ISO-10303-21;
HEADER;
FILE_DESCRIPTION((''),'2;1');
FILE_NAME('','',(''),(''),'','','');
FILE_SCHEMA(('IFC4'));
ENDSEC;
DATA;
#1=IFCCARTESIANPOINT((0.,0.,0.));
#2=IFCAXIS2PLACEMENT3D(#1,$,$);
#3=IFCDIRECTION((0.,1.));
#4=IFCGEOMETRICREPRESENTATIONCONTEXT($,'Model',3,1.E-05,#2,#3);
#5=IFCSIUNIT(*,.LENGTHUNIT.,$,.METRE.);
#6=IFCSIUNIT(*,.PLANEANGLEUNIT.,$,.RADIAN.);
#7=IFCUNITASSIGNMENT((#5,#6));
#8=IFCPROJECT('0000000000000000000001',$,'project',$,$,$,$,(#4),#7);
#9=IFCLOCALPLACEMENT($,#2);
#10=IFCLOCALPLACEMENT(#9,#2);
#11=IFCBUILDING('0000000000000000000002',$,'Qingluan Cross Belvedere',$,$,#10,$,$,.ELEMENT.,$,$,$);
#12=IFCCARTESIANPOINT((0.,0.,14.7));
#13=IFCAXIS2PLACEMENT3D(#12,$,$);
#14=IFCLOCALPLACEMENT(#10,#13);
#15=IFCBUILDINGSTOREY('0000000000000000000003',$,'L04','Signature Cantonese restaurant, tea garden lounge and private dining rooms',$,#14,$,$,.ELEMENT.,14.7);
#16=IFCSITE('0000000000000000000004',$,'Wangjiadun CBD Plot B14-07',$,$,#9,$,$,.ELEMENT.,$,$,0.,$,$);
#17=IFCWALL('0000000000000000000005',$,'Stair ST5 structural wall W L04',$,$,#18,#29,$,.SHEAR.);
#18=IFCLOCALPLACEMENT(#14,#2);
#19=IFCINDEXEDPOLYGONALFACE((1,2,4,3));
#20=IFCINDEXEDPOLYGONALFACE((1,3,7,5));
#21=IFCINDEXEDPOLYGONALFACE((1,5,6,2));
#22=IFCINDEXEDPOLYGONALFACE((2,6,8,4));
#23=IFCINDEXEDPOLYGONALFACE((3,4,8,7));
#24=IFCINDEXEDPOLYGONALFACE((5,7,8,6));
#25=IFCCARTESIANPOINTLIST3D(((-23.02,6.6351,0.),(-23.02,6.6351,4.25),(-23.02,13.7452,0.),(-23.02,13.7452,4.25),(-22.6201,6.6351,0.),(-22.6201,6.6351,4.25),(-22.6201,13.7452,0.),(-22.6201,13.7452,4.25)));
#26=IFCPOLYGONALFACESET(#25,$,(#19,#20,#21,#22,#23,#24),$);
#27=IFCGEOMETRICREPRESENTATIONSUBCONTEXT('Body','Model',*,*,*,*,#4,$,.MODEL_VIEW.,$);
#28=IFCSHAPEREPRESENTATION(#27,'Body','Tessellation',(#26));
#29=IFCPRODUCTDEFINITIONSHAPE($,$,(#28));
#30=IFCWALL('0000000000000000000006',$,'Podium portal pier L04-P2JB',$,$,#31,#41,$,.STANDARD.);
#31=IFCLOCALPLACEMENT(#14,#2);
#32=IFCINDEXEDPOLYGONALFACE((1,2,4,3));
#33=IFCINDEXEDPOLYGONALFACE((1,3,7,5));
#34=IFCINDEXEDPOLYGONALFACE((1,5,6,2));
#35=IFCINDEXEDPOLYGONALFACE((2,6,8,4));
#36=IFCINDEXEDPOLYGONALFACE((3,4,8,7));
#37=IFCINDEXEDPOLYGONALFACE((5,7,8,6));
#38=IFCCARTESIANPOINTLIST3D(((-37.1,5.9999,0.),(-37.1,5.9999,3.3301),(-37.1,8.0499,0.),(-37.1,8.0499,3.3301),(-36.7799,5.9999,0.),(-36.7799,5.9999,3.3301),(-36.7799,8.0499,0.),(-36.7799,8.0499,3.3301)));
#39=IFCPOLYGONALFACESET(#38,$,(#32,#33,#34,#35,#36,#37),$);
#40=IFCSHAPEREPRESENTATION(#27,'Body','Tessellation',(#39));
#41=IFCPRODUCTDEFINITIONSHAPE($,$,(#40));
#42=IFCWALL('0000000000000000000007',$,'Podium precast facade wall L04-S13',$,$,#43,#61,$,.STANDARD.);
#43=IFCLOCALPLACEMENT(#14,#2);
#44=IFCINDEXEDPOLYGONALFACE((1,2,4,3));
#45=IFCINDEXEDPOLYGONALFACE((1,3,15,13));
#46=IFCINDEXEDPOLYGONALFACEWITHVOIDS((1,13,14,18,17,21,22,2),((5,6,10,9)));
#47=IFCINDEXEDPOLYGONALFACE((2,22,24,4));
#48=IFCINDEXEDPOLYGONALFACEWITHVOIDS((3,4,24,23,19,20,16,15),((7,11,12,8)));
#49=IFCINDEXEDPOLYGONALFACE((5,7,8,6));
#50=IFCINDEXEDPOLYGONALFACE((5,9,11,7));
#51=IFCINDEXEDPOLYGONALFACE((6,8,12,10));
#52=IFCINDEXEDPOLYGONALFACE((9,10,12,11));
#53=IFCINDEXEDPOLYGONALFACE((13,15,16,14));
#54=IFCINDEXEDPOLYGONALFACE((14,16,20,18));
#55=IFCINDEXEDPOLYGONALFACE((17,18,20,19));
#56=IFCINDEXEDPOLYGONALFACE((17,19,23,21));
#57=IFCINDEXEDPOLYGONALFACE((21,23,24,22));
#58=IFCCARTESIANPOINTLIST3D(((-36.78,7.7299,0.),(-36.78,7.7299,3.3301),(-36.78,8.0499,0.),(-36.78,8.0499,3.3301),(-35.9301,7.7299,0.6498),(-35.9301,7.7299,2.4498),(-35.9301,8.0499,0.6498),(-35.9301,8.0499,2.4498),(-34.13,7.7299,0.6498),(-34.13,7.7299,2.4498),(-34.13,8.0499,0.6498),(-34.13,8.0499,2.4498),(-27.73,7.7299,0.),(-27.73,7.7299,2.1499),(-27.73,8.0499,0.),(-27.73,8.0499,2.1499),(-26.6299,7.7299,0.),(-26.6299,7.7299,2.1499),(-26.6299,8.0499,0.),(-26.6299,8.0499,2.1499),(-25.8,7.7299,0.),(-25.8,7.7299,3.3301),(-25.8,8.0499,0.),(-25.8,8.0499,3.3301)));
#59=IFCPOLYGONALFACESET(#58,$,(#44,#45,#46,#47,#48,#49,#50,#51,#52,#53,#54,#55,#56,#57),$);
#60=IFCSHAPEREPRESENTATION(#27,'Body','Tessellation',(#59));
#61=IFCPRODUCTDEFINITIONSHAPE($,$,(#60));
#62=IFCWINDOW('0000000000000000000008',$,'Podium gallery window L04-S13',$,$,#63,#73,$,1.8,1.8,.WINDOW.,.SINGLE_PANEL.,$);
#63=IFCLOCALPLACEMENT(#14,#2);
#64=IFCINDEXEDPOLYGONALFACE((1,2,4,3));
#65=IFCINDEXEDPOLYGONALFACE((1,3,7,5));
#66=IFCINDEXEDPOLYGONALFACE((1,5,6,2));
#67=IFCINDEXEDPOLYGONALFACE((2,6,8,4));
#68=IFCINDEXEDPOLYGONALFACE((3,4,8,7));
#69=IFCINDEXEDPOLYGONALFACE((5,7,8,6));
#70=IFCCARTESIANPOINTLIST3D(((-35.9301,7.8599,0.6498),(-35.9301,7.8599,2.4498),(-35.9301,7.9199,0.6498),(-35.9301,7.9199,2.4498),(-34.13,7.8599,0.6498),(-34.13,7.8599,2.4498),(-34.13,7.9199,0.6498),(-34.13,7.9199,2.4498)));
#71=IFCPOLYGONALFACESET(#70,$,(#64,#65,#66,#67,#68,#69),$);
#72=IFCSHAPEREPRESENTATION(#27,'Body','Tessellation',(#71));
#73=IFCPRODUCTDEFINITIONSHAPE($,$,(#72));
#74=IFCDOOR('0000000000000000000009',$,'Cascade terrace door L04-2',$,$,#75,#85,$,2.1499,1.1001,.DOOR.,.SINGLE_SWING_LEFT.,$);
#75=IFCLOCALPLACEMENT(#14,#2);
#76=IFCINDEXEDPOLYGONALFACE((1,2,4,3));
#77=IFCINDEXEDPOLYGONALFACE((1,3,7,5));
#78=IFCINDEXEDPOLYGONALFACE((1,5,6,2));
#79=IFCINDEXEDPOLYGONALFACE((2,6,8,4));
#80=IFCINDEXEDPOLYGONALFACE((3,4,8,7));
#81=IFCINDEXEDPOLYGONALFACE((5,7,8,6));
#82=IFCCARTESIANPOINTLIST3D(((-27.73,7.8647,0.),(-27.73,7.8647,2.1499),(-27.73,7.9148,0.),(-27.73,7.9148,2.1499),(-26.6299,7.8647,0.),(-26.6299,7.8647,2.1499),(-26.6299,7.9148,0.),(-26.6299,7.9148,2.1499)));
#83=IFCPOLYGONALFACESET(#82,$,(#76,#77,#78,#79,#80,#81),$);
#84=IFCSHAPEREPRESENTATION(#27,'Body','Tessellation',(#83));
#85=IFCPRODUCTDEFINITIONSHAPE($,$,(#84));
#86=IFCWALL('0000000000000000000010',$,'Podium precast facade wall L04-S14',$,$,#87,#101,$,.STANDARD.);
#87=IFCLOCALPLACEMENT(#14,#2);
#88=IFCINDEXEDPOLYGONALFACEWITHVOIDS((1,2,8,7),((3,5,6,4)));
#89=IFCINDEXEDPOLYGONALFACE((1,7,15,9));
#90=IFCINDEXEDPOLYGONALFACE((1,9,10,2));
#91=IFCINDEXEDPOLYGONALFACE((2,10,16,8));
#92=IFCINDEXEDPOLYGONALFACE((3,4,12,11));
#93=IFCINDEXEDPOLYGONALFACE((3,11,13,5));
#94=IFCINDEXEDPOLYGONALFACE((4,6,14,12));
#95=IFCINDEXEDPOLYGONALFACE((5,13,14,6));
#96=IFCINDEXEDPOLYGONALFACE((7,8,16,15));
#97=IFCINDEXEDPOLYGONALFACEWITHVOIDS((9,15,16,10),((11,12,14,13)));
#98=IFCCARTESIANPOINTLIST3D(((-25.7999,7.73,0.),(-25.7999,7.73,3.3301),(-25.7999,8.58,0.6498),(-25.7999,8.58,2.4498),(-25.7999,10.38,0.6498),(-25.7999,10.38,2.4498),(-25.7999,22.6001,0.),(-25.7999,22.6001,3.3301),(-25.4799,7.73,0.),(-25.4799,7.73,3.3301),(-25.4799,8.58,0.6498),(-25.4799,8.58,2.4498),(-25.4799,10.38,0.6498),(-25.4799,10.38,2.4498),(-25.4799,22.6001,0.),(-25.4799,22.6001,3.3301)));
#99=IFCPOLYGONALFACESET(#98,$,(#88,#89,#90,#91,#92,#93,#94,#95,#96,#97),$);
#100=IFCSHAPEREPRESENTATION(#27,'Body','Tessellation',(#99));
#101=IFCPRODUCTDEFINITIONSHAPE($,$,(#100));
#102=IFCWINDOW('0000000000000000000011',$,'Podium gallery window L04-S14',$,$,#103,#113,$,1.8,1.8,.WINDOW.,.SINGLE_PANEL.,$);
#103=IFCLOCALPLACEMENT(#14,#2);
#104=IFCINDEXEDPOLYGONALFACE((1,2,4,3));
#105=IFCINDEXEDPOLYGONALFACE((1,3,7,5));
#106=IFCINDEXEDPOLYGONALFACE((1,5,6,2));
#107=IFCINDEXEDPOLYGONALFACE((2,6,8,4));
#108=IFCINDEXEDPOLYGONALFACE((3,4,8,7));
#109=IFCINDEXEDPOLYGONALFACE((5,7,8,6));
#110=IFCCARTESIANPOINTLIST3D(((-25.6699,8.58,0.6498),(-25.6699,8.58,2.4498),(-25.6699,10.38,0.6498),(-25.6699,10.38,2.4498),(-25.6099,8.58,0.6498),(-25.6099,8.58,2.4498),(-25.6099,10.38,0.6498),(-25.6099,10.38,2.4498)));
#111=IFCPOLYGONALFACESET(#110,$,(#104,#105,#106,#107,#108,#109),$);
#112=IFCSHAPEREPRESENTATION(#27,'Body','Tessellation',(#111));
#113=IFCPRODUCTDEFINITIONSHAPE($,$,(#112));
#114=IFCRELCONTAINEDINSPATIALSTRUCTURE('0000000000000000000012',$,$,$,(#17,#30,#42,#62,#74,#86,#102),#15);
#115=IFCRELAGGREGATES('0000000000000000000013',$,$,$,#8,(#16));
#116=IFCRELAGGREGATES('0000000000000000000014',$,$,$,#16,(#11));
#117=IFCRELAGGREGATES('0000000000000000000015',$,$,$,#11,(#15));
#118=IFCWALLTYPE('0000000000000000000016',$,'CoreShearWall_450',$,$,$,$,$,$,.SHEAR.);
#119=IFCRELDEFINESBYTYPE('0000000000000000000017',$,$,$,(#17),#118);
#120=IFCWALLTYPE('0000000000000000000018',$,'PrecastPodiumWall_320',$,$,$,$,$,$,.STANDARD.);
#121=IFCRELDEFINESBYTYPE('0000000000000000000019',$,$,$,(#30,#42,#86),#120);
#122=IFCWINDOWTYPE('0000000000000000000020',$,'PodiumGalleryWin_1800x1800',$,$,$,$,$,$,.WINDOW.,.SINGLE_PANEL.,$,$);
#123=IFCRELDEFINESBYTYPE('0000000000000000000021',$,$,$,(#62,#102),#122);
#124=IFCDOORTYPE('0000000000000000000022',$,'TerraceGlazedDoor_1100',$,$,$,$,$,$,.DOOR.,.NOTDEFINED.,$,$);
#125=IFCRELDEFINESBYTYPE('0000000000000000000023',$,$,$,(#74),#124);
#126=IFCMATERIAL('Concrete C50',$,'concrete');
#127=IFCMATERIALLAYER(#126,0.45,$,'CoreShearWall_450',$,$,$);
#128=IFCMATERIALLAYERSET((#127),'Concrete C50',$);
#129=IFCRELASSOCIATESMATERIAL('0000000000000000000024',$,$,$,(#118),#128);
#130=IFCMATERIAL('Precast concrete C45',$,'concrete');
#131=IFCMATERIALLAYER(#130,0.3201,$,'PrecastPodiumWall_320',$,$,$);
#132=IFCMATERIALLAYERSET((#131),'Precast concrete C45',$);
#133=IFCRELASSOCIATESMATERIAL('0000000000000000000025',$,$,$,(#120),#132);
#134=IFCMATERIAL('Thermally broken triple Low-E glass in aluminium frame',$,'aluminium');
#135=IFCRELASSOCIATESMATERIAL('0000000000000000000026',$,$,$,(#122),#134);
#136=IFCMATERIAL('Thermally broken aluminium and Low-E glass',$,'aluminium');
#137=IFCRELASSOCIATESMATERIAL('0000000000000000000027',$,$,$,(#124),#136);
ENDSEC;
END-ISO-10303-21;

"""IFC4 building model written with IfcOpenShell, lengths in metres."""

from ifc_helpers import new_model, si_unit, direction, frame, frame_2d, origin, place, context, subcontext, project, spatial, rectangle, extrude, material, layer, layer_set, type_object, element, fill, save


model = new_model("IFC4")

# Units and contexts
model_context = context("Model", 3, precision=1e-05, world=origin(), true_north=direction((0.0, 1.0)))
body_context = subcontext(model_context, "Body", "Model", "MODEL_VIEW")
ifc_project = project(units=[si_unit("LENGTHUNIT", "METRE"), si_unit("PLANEANGLEUNIT", "RADIAN")], contexts=[model_context])

# Site, building, storey
site_placement = place(None, origin())
site = spatial("IfcSite", under=ifc_project, at=site_placement, Name="Wangjiadun CBD Plot B14-07", CompositionType="ELEMENT", RefElevation=0.0)
building_placement = place(site_placement, origin())
building = spatial("IfcBuilding", under=site, at=building_placement, Name="Qingluan Cross Belvedere", CompositionType="ELEMENT")
storey_placement = place(building_placement, frame((0.0, 0.0, 14.7)))
storey = spatial("IfcBuildingStorey", under=building, at=storey_placement, Name="L04", Description="Signature Cantonese restaurant, tea garden lounge and private dining rooms", CompositionType="ELEMENT", Elevation=14.7)

# Shared definitions
ifc_material_1 = material(Name="Concrete C50", Category="concrete")
ifc_layer_1 = layer(ifc_material_1, 0.45, Name="CoreShearWall_450")
ifc_layer_set_1 = layer_set([ifc_layer_1], Name="Concrete C50")
wall_type_1 = type_object("IfcWallType", Name="CoreShearWall_450", PredefinedType="SHEAR", material=ifc_layer_set_1)

# Walls
wall_1_placement = place(storey_placement, frame((-22.8201, 6.635, 0.0), z_axis=(0.0, 0.0, 1.0), x_axis=(0.0, 1.0, 0.0)))
element("IfcWall", 1, at=wall_1_placement, inside=storey, type_object=wall_type_1, Name="Stair ST5 structural wall W L04", PredefinedType="SHEAR", context=body_context, shape_type="SweptSolid", body=[
    extrude(rectangle(XDim=7.1101, YDim=0.3999, at=frame_2d((3.5552, 0.0))), origin(), (0.0, 0.0, 1.0), 4.25),
])
ifc_material_2 = material(Name="Precast concrete C45", Category="concrete")
ifc_layer_2 = layer(ifc_material_2, 0.3201, Name="PrecastPodiumWall_320")
ifc_layer_set_2 = layer_set([ifc_layer_2], Name="Precast concrete C45")
wall_type_2 = type_object("IfcWallType", Name="PrecastPodiumWall_320", PredefinedType="STANDARD", material=ifc_layer_set_2)
wall_2_placement = place(storey_placement, frame((-36.9399, 6.0, 0.0), z_axis=(0.0, 0.0, 1.0), x_axis=(0.0, 1.0, 0.0)))
element("IfcWall", 2, at=wall_2_placement, inside=storey, type_object=wall_type_2, Name="Podium portal pier L04-P2JB", PredefinedType="STANDARD", context=body_context, shape_type="SweptSolid", body=[
    extrude(rectangle(XDim=2.05, YDim=0.3201, at=frame_2d((1.0249, 0.0))), origin(), (0.0, 0.0, 1.0), 3.3301),
])

# Wall, openings, window, door
wall_3_placement = place(storey_placement, frame((-36.78, 7.8899, 0.0), z_axis=(0.0, 0.0, 1.0), x_axis=(1.0, 0.0, 0.0)))
wall_3 = element("IfcWall", 3, at=wall_3_placement, inside=storey, type_object=wall_type_2, Name="Podium precast facade wall L04-S13", PredefinedType="STANDARD", context=body_context, shape_type="SweptSolid", body=[
    extrude(rectangle(XDim=10.98, YDim=0.3201, at=frame_2d((5.49, 0.0))), origin(), (0.0, 0.0, 1.0), 3.3301),
])
opening_1_placement = place(wall_3_placement, frame((0.8501, 0.0, 0.6499)))
opening_1 = element("IfcOpeningElement", 4, at=opening_1_placement, cuts=wall_3, PredefinedType="OPENING", context=body_context, shape_type="SweptSolid", body=[
    extrude(rectangle(XDim=1.8, YDim=1.8, at=frame_2d((0.8999, 0.8999))), frame((0.0, 0.1699, 0.0), z_axis=(0.0, -1.0, 0.0), x_axis=(1.0, 0.0, 0.0)), (0.0, 0.0, 1.0), 0.3401),
])
opening_2_placement = place(wall_3_placement, frame((9.05, 0.0, 0.0)))
opening_2 = element("IfcOpeningElement", 5, at=opening_2_placement, cuts=wall_3, PredefinedType="OPENING", context=body_context, shape_type="SweptSolid", body=[
    extrude(rectangle(XDim=1.1001, YDim=2.1499, at=frame_2d((0.55, 1.075))), frame((0.0, 0.1699, 0.0), z_axis=(0.0, -1.0, 0.0), x_axis=(1.0, 0.0, 0.0)), (0.0, 0.0, 1.0), 0.3401),
])
ifc_material_3 = material(Name="Thermally broken triple Low-E glass in aluminium frame", Category="aluminium")
window_type = type_object("IfcWindowType", Name="PodiumGalleryWin_1800x1800", PartitioningType="SINGLE_PANEL", PredefinedType="WINDOW", material=ifc_material_3)
window_1_placement = place(opening_1_placement, origin())
window_1 = element("IfcWindow", 6, at=window_1_placement, inside=storey, type_object=window_type, Name="Podium gallery window L04-S13", OverallHeight=1.8, OverallWidth=1.8, PartitioningType="SINGLE_PANEL", PredefinedType="WINDOW", context=body_context, shape_type="SweptSolid", body=[
    extrude(rectangle(XDim=1.8, YDim=1.8, at=frame_2d((0.8999, 0.8999))), frame((0.0, 0.03, 0.0), z_axis=(0.0, -1.0, 0.0), x_axis=(1.0, 0.0, 0.0)), (0.0, 0.0, 1.0), 0.0601),
])
fill(opening_1, window_1)
ifc_material_4 = material(Name="Thermally broken aluminium and Low-E glass", Category="aluminium")
door_type_1 = type_object("IfcDoorType", Name="TerraceGlazedDoor_1100", OperationType="NOTDEFINED", PredefinedType="DOOR", material=ifc_material_4)
door_1_placement = place(opening_2_placement, origin())
door_1 = element("IfcDoor", 7, at=door_1_placement, inside=storey, type_object=door_type_1, Name="Cascade terrace door L04-2", OperationType="SINGLE_SWING_LEFT", OverallHeight=2.1499, OverallWidth=1.1001, PredefinedType="DOOR", context=body_context, shape_type="SweptSolid", body=[
    extrude(rectangle(XDim=1.1001, YDim=2.1499, at=frame_2d((0.55, 1.075))), frame((0.0, 0.0249, 0.0), z_axis=(0.0, -1.0, 0.0), x_axis=(1.0, 0.0, 0.0)), (0.0, 0.0, 1.0), 0.05),
])
fill(opening_2, door_1)

# Wall, opening, window
wall_4_placement = place(storey_placement, frame((-25.6399, 7.73, 0.0), z_axis=(0.0, 0.0, 1.0), x_axis=(0.0, 1.0, 0.0)))
wall_4 = element("IfcWall", 8, at=wall_4_placement, inside=storey, type_object=wall_type_2, Name="Podium precast facade wall L04-S14", PredefinedType="STANDARD", context=body_context, shape_type="SweptSolid", body=[
    extrude(rectangle(XDim=14.8701, YDim=0.3201, at=frame_2d((7.4351, 0.0))), origin(), (0.0, 0.0, 1.0), 3.3301),
])
opening_3_placement = place(wall_4_placement, frame((0.8501, 0.0, 0.6499)))
opening_3 = element("IfcOpeningElement", 9, at=opening_3_placement, cuts=wall_4, PredefinedType="OPENING", context=body_context, shape_type="SweptSolid", body=[
    extrude(rectangle(XDim=1.8, YDim=1.8, at=frame_2d((0.8999, 0.8999))), frame((0.0, 0.1699, 0.0), z_axis=(0.0, -1.0, 0.0), x_axis=(1.0, 0.0, 0.0)), (0.0, 0.0, 1.0), 0.3401),
])
window_2_placement = place(opening_3_placement, origin())
window_2 = element("IfcWindow", 10, at=window_2_placement, inside=storey, type_object=window_type, Name="Podium gallery window L04-S14", OverallHeight=1.8, OverallWidth=1.8, PartitioningType="SINGLE_PANEL", PredefinedType="WINDOW", context=body_context, shape_type="SweptSolid", body=[
    extrude(rectangle(XDim=1.8, YDim=1.8, at=frame_2d((0.8999, 0.8999))), frame((0.0, 0.03, 0.0), z_axis=(0.0, -1.0, 0.0), x_axis=(1.0, 0.0, 0.0)), (0.0, 0.0, 1.0), 0.0601),
])
fill(opening_3, window_2)

save(model, "model.ifc")
